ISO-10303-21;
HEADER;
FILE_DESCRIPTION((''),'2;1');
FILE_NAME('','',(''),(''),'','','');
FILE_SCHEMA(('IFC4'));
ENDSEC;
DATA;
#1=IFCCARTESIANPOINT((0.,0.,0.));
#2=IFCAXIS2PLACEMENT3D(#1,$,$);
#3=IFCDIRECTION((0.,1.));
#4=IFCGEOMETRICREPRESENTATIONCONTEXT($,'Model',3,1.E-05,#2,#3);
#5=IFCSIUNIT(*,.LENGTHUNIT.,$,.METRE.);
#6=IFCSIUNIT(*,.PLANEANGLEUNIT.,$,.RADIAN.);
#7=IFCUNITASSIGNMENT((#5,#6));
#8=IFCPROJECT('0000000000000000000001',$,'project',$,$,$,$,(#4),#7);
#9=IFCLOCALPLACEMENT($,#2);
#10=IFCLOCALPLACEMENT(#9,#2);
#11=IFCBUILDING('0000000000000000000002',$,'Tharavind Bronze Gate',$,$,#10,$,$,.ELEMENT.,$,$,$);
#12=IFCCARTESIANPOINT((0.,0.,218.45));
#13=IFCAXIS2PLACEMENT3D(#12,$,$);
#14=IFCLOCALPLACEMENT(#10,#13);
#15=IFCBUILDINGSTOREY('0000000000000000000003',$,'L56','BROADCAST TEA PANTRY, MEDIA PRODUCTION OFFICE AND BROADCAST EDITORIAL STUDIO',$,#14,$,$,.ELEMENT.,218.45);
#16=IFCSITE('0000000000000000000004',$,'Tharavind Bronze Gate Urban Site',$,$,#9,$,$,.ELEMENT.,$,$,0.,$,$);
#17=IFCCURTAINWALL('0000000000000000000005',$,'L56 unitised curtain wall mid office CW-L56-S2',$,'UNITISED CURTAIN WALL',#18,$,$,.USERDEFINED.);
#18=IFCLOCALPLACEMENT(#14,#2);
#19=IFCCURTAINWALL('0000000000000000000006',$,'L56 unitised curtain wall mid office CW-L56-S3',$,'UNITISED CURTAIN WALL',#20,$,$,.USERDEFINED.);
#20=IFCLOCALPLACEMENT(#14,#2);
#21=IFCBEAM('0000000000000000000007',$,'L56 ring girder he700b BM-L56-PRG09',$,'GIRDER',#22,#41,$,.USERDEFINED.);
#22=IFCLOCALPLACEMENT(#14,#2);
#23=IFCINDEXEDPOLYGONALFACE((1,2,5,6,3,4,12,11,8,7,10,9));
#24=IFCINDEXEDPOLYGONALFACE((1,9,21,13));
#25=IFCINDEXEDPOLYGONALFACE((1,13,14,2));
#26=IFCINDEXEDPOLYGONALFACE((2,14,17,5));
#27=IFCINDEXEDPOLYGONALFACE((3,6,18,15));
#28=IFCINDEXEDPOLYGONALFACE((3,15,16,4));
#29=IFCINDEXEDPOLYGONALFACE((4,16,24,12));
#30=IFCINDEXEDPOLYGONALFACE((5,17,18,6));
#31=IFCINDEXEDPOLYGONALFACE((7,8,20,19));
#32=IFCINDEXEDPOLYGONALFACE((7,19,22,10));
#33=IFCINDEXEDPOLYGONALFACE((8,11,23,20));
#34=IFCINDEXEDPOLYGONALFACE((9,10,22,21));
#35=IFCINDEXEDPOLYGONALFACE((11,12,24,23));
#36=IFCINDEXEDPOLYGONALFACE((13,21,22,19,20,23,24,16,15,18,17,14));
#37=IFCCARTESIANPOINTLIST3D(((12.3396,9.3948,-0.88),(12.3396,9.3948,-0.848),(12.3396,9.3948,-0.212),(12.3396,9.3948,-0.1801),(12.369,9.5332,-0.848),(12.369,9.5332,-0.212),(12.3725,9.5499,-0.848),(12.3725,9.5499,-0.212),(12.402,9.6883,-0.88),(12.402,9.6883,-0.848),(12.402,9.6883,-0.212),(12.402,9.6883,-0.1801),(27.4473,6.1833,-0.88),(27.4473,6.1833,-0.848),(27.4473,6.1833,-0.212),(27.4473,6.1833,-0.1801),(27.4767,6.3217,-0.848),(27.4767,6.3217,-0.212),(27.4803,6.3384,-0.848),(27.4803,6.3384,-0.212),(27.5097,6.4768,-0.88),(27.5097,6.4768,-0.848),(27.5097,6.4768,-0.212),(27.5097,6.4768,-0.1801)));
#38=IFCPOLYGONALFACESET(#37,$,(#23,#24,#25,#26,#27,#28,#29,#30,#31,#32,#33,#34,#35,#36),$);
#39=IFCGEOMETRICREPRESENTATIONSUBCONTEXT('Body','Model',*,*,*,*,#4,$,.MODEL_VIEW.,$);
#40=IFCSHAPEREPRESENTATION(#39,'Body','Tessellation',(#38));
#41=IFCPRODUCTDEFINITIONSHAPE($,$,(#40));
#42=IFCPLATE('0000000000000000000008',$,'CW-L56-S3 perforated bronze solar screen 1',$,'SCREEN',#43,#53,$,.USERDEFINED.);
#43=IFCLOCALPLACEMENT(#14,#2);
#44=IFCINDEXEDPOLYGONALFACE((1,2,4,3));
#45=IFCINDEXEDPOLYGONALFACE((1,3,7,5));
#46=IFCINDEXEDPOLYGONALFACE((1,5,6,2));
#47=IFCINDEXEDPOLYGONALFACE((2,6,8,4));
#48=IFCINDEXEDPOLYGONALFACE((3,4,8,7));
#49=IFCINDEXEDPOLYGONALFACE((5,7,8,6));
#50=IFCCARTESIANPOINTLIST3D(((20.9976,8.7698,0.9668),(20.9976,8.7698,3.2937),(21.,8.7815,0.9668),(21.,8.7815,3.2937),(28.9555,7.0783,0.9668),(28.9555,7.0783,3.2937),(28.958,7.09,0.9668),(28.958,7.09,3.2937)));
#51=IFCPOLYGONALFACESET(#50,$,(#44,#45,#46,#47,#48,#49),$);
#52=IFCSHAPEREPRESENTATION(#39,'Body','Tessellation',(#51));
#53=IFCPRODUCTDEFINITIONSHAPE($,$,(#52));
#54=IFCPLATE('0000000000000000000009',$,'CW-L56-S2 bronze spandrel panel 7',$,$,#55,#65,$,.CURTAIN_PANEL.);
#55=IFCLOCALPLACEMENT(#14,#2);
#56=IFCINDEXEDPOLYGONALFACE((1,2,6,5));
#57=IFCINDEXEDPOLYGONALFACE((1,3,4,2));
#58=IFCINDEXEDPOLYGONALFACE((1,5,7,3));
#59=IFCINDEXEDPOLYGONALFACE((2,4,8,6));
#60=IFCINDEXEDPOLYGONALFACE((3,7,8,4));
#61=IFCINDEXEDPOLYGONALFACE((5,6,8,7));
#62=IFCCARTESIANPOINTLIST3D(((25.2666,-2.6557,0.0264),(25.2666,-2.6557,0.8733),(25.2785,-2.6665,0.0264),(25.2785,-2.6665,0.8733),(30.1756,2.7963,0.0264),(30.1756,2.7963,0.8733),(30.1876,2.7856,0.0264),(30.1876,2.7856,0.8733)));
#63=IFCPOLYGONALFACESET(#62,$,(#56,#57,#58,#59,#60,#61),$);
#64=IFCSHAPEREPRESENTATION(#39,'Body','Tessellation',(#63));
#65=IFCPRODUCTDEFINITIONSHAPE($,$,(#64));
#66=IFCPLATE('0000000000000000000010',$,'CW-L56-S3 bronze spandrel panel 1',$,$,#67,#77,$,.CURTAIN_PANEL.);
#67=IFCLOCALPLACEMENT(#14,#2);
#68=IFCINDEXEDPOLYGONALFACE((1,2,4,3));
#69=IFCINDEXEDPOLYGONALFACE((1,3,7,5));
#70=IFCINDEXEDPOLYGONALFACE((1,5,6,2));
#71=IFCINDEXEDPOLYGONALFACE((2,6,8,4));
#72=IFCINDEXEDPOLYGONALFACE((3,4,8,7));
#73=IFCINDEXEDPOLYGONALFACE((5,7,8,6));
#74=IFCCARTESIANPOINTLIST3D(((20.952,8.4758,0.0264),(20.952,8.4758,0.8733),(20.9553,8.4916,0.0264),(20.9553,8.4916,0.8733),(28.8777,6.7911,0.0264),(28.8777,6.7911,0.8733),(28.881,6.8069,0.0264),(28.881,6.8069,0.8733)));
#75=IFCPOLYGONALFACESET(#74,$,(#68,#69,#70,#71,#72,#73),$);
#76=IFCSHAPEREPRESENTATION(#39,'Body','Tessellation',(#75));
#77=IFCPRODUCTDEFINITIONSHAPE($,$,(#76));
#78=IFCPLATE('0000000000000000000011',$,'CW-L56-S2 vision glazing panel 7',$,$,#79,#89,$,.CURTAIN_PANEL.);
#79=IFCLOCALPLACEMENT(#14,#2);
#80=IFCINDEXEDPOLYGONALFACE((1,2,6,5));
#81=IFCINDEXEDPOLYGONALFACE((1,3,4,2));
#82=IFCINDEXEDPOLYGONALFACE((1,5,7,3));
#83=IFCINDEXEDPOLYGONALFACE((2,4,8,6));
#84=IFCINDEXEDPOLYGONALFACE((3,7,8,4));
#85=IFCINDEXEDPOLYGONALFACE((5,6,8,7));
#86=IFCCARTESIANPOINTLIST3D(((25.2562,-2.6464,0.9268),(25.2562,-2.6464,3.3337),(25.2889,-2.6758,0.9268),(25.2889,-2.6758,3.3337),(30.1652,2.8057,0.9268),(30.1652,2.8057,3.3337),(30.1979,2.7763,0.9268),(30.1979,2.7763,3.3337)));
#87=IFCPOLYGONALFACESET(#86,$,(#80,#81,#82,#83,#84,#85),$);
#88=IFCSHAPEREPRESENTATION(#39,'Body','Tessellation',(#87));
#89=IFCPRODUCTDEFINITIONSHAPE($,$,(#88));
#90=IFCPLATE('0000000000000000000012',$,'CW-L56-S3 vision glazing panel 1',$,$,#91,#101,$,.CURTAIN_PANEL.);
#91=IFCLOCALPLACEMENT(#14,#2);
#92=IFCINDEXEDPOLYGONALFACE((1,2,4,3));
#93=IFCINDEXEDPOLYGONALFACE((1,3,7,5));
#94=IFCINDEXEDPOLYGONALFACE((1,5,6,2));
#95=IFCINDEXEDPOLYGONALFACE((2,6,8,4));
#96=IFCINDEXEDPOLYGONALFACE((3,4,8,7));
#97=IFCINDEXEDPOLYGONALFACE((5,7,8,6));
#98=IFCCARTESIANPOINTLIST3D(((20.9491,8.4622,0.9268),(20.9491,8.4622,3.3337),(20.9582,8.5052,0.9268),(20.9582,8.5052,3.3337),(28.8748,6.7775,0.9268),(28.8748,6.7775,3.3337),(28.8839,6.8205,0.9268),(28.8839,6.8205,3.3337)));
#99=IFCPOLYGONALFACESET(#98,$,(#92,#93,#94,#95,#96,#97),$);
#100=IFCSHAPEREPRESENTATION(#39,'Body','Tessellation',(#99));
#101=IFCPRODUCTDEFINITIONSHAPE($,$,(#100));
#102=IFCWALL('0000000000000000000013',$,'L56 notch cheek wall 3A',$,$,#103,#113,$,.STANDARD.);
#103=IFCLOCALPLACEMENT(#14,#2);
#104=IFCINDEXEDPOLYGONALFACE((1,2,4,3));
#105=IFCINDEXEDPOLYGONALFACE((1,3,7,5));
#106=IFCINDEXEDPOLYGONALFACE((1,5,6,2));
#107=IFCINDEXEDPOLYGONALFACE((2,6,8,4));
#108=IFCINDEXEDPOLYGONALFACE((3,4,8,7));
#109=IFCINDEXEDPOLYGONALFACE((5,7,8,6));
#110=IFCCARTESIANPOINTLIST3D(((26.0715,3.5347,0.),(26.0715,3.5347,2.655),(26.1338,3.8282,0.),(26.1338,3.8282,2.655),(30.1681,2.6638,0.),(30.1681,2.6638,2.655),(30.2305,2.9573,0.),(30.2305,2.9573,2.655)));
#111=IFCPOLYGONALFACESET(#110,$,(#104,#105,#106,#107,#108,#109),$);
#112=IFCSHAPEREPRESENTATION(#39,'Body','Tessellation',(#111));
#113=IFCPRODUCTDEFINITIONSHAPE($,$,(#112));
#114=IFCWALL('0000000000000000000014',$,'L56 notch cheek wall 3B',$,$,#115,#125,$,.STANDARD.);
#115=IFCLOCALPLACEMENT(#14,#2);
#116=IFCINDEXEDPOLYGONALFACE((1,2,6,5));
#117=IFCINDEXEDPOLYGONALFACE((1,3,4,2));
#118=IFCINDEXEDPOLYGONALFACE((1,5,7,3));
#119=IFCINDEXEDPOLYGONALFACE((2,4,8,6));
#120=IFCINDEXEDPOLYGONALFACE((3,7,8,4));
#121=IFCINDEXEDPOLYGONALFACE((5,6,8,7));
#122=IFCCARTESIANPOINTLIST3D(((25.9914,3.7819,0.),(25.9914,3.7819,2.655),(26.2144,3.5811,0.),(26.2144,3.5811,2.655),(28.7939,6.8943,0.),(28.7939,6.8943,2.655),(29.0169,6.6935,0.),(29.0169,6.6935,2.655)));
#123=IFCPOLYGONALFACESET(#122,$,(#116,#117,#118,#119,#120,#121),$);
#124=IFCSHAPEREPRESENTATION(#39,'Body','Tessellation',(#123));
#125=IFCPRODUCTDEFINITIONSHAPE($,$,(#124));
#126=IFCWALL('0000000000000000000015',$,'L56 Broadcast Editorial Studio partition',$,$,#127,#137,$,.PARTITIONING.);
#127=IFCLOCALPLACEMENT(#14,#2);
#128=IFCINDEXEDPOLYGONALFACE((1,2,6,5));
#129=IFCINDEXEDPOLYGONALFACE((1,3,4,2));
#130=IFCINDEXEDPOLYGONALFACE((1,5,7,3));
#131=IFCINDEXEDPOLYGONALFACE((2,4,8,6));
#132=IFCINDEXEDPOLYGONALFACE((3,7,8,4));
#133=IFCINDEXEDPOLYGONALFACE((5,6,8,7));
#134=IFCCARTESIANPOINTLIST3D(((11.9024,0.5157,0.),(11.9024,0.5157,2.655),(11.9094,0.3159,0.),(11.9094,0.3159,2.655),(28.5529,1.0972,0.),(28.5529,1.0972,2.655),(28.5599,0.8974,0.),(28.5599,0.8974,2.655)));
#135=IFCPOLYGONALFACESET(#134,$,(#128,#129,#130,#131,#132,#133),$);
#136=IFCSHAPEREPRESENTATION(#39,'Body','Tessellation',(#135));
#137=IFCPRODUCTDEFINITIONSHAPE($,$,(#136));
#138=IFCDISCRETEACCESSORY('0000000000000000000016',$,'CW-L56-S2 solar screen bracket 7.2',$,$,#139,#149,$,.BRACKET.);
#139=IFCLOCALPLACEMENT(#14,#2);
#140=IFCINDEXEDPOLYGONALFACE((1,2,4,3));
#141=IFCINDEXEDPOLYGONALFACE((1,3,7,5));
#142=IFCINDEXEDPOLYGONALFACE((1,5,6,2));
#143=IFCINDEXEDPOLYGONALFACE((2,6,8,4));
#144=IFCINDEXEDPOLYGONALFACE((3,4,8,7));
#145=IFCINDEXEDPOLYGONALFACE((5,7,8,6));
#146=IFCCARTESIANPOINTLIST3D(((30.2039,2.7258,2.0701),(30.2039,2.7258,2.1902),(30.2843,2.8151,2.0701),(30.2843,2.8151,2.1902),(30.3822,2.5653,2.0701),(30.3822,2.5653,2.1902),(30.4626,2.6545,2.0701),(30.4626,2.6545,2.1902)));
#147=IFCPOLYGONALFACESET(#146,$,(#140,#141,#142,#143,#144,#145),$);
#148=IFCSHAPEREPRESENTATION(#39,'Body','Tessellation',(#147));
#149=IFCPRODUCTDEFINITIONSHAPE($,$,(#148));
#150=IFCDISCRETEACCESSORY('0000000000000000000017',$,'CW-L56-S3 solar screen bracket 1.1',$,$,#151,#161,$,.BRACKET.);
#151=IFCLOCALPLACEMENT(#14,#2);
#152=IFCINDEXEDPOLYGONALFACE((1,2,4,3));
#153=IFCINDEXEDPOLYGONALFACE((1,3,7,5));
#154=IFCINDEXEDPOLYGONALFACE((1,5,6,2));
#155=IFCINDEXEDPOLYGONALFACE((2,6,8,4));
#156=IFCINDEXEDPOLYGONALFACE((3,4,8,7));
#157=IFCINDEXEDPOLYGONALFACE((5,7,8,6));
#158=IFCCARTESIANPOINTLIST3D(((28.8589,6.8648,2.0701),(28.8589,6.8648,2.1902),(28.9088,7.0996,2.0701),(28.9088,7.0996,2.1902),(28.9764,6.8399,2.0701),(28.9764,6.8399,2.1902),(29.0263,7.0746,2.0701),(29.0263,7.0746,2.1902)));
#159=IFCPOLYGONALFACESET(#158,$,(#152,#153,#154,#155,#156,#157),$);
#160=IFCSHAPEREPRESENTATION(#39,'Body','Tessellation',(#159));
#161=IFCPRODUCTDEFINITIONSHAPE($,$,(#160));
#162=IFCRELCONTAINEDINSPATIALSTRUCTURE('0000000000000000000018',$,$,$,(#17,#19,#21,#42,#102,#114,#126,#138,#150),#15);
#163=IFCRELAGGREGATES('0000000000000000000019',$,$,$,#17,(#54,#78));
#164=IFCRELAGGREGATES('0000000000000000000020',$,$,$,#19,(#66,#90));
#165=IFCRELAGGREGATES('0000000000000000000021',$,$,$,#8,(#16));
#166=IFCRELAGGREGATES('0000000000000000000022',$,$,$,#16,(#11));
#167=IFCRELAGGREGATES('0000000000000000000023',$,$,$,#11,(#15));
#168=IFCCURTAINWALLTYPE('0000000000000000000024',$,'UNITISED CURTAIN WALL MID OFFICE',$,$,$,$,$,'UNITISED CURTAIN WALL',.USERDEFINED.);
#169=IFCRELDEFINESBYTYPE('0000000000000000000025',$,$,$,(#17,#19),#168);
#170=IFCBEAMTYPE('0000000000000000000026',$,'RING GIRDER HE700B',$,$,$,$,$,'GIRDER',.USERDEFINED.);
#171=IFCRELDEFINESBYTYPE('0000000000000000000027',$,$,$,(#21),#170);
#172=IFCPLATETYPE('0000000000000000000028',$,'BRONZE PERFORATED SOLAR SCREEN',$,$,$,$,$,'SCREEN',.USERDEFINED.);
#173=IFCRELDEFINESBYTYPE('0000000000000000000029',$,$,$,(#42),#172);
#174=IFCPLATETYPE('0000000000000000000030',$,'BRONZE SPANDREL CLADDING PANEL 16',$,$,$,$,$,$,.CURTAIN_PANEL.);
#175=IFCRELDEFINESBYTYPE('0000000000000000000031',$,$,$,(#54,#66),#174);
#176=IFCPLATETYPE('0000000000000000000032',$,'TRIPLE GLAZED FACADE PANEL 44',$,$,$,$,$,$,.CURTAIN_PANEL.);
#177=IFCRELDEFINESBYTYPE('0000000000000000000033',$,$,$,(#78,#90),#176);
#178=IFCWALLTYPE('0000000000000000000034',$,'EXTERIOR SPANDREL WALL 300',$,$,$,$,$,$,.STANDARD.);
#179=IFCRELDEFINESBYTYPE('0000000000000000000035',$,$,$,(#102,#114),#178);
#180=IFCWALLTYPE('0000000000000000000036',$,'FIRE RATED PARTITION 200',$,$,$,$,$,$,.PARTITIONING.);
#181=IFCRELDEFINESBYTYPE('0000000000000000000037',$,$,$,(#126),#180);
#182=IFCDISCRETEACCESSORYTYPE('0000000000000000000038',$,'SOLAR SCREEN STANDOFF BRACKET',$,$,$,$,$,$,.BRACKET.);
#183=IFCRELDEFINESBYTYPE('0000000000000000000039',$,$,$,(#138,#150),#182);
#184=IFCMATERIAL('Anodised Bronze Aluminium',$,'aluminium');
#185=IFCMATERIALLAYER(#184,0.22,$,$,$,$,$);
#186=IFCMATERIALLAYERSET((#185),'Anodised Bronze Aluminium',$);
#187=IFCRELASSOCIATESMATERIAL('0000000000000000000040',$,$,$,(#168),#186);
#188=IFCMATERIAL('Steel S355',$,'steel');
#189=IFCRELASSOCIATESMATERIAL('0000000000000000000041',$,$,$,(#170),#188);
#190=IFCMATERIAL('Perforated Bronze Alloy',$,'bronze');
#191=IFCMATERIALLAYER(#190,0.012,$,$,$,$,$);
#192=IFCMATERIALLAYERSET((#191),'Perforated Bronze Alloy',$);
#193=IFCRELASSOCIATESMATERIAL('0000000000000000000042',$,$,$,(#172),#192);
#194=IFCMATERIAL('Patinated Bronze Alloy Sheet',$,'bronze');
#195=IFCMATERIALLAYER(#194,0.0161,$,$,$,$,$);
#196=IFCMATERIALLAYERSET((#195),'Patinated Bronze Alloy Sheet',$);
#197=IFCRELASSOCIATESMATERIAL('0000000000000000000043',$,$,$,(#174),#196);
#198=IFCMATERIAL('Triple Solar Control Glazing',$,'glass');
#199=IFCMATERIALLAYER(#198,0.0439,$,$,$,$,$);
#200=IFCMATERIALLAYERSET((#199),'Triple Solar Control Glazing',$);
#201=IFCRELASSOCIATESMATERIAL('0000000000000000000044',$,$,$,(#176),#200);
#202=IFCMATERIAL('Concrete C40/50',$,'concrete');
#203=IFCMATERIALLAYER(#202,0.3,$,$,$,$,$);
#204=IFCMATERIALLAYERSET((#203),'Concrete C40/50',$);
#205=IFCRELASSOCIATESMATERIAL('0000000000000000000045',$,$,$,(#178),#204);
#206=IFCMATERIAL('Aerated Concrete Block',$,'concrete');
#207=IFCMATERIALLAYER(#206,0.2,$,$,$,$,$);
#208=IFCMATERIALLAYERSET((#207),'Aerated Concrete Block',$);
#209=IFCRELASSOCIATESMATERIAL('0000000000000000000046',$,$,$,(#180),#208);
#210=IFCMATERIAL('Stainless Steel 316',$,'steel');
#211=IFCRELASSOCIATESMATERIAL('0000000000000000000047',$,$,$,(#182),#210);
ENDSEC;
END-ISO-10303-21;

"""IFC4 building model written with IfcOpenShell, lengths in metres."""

from ifc_helpers import new_model, si_unit, direction, frame, frame_2d, origin, origin_2d, place, context, subcontext, project, spatial, rectangle, i_section, extrude, material, layer, layer_set, material_profile, profile_set, type_object, element, aggregate, save


model = new_model("IFC4")

# Units and contexts
model_context = context("Model", 3, precision=1e-05, world=origin(), true_north=direction((0.0, 1.0)))
body_context = subcontext(model_context, "Body", "Model", "MODEL_VIEW")
ifc_project = project(units=[si_unit("LENGTHUNIT", "METRE"), si_unit("PLANEANGLEUNIT", "RADIAN")], contexts=[model_context])

# Site, building, storey
site_placement = place(None, origin())
site = spatial("IfcSite", under=ifc_project, at=site_placement, Name="Tharavind Bronze Gate Urban Site", CompositionType="ELEMENT", RefElevation=0.0)
building_placement = place(site_placement, origin())
building = spatial("IfcBuilding", under=site, at=building_placement, Name="Tharavind Bronze Gate", CompositionType="ELEMENT")
storey_placement = place(building_placement, frame((0.0, 0.0, 218.45)))
storey = spatial("IfcBuildingStorey", under=building, at=storey_placement, Name="L56", Description="BROADCAST TEA PANTRY, MEDIA PRODUCTION OFFICE AND BROADCAST EDITORIAL STUDIO", CompositionType="ELEMENT", Elevation=218.45)

# Curtain walls
ifc_material_1 = material(Name="Anodised Bronze Aluminium", Category="aluminium")
ifc_layer_1 = layer(ifc_material_1, 0.22)
ifc_layer_set_1 = layer_set([ifc_layer_1], Name="Anodised Bronze Aluminium")
curtain_wall_type = type_object("IfcCurtainWallType", Name="UNITISED CURTAIN WALL MID OFFICE", ElementType="UNITISED CURTAIN WALL", PredefinedType="USERDEFINED", material=ifc_layer_set_1)
curtain_wall_1_placement = place(storey_placement, origin())
curtain_wall_1 = element("IfcCurtainWall", 1, at=curtain_wall_1_placement, inside=storey, type_object=curtain_wall_type, Name="L56 unitised curtain wall mid office CW-L56-S2", ObjectType="UNITISED CURTAIN WALL", PredefinedType="USERDEFINED")
curtain_wall_2_placement = place(storey_placement, origin())
curtain_wall_2 = element("IfcCurtainWall", 2, at=curtain_wall_2_placement, inside=storey, type_object=curtain_wall_type, Name="L56 unitised curtain wall mid office CW-L56-S3", ObjectType="UNITISED CURTAIN WALL", PredefinedType="USERDEFINED")

# Beam
ifc_material_2 = material(Name="Steel S355", Category="steel")
ifc_material_profile_1 = material_profile(ifc_material_2, i_section(OverallWidth=0.3, OverallDepth=0.7, WebThickness=0.0171, FlangeThickness=0.032, at=origin_2d()), Name="HE700B")
ifc_profile_set_1 = profile_set([ifc_material_profile_1], Name="Steel S355")
beam_type_1 = type_object("IfcBeamType", Name="RING GIRDER HE700B", ElementType="GIRDER", PredefinedType="USERDEFINED", material=ifc_profile_set_1)
beam_1_placement = place(storey_placement, frame((27.4785, 6.3301, -0.53), z_axis=(-0.978145, 0.207924, 0.0), x_axis=(-0.207924, -0.978145, 0.0)))
element("IfcBeam", 3, at=beam_1_placement, inside=storey, type_object=beam_type_1, Name="L56 ring girder he700b BM-L56-PRG09", ObjectType="GIRDER", PredefinedType="USERDEFINED", context=body_context, shape_type="SweptSolid", body=[
    extrude(i_section(OverallWidth=0.3, OverallDepth=0.7, WebThickness=0.0171, FlangeThickness=0.032, at=origin_2d()), origin(), (0.0, 0.0, 1.0), 15.4453),
])

# Plates
ifc_material_3 = material(Name="Perforated Bronze Alloy", Category="bronze")
ifc_layer_2 = layer(ifc_material_3, 0.012)
ifc_layer_set_2 = layer_set([ifc_layer_2], Name="Perforated Bronze Alloy")
plate_type_1 = type_object("IfcPlateType", Name="BRONZE PERFORATED SOLAR SCREEN", ElementType="SCREEN", PredefinedType="USERDEFINED", material=ifc_layer_set_2)
plate_1_placement = place(storey_placement, frame((24.9778, 7.9299, 0.9668), z_axis=(0.0, 0.0, 1.0), x_axis=(-0.978148, 0.207912, 0.0)))
element("IfcPlate", 4, at=plate_1_placement, inside=storey, type_object=plate_type_1, Name="CW-L56-S3 perforated bronze solar screen 1", ObjectType="SCREEN", PredefinedType="USERDEFINED", context=body_context, shape_type="SweptSolid", body=[
    extrude(rectangle(XDim=8.1357, YDim=0.012, at=origin_2d()), origin(), (0.0, 0.0, 1.0), 2.3269),
])
ifc_material_4 = material(Name="Patinated Bronze Alloy Sheet", Category="bronze")
ifc_layer_3 = layer(ifc_material_4, 0.0161)
ifc_layer_set_3 = layer_set([ifc_layer_3], Name="Patinated Bronze Alloy Sheet")
plate_type_2 = type_object("IfcPlateType", Name="BRONZE SPANDREL CLADDING PANEL 16", PredefinedType="CURTAIN_PANEL", material=ifc_layer_set_3)
plate_2_placement = place(storey_placement, frame((27.7271, 0.0649, 0.0264), z_axis=(0.0, 0.0, 1.0), x_axis=(0.669131, 0.743145, 0.0)))
plate_2 = element("IfcPlate", 5, at=plate_2_placement, type_object=plate_type_2, Name="CW-L56-S2 bronze spandrel panel 7", PredefinedType="CURTAIN_PANEL", context=body_context, shape_type="SweptSolid", body=[
    extrude(rectangle(XDim=7.3364, YDim=0.0161, at=origin_2d()), origin(), (0.0, 0.0, 1.0), 0.8469),
])
plate_3_placement = place(storey_placement, frame((24.9165, 7.6414, 0.0264), z_axis=(0.0, 0.0, 1.0), x_axis=(-0.978148, 0.207912, 0.0)))
plate_3 = element("IfcPlate", 6, at=plate_3_placement, type_object=plate_type_2, Name="CW-L56-S3 bronze spandrel panel 1", PredefinedType="CURTAIN_PANEL", context=body_context, shape_type="SweptSolid", body=[
    extrude(rectangle(XDim=8.1028, YDim=0.0161, at=origin_2d()), origin(), (0.0, 0.0, 1.0), 0.8469),
])
ifc_material_5 = material(Name="Triple Solar Control Glazing", Category="glass")
ifc_layer_4 = layer(ifc_material_5, 0.0439)
ifc_layer_set_4 = layer_set([ifc_layer_4], Name="Triple Solar Control Glazing")
plate_type_3 = type_object("IfcPlateType", Name="TRIPLE GLAZED FACADE PANEL 44", PredefinedType="CURTAIN_PANEL", material=ifc_layer_set_4)
plate_4_placement = place(storey_placement, frame((27.7271, 0.0649, 0.9268), z_axis=(0.0, 0.0, 1.0), x_axis=(0.669131, 0.743145, 0.0)))
plate_4 = element("IfcPlate", 7, at=plate_4_placement, type_object=plate_type_3, Name="CW-L56-S2 vision glazing panel 7", PredefinedType="CURTAIN_PANEL", context=body_context, shape_type="SweptSolid", body=[
    extrude(rectangle(XDim=7.3364, YDim=0.0439, at=origin_2d()), origin(), (0.0, 0.0, 1.0), 2.407),
])
aggregate(curtain_wall_1, [plate_2, plate_4])
plate_5_placement = place(storey_placement, frame((24.9165, 7.6414, 0.9268), z_axis=(0.0, 0.0, 1.0), x_axis=(-0.978148, 0.207912, 0.0)))
plate_5 = element("IfcPlate", 8, at=plate_5_placement, type_object=plate_type_3, Name="CW-L56-S3 vision glazing panel 1", PredefinedType="CURTAIN_PANEL", context=body_context, shape_type="SweptSolid", body=[
    extrude(rectangle(XDim=8.1028, YDim=0.0439, at=origin_2d()), origin(), (0.0, 0.0, 1.0), 2.407),
])
aggregate(curtain_wall_2, [plate_3, plate_5])

# Walls
ifc_material_6 = material(Name="Concrete C40/50", Category="concrete")
ifc_layer_5 = layer(ifc_material_6, 0.3)
ifc_layer_set_5 = layer_set([ifc_layer_5], Name="Concrete C40/50")
wall_type_1 = type_object("IfcWallType", Name="EXTERIOR SPANDREL WALL 300", PredefinedType="STANDARD", material=ifc_layer_set_5)
for number, where, z_axis, x_axis, name in (
    (9, (30.1995, 2.8105, 0.0), (0.0, 0.0, 1.0), (-0.978144, 0.207928, 0.0), "L56 notch cheek wall 3A"),
    (10, (26.1028, 3.6814, 0.0), (0.0, 0.0, 1.0), (0.669152, 0.743126, 0.0), "L56 notch cheek wall 3B"),
):
    element("IfcWall", number, at=place(storey_placement, frame(where, z_axis=z_axis, x_axis=x_axis)), inside=storey, type_object=wall_type_1, Name=name, PredefinedType="STANDARD", context=body_context, shape_type="SweptSolid", body=[
        extrude(rectangle(XDim=4.1882, YDim=0.3, at=frame_2d((2.0942, 0.0))), origin(), (0.0, 0.0, 1.0), 2.655),
    ])
ifc_material_7 = material(Name="Aerated Concrete Block", Category="concrete")
ifc_layer_6 = layer(ifc_material_7, 0.2)
ifc_layer_set_6 = layer_set([ifc_layer_6], Name="Aerated Concrete Block")
wall_type_2 = type_object("IfcWallType", Name="FIRE RATED PARTITION 200", PredefinedType="PARTITIONING", material=ifc_layer_set_6)
wall_placement = place(storey_placement, frame((28.5564, 0.9973, 0.0), z_axis=(0.0, 0.0, 1.0), x_axis=(-0.999391, -0.034905, 0.0)))
element("IfcWall", 11, at=wall_placement, inside=storey, type_object=wall_type_2, Name="L56 Broadcast Editorial Studio partition", PredefinedType="PARTITIONING", context=body_context, shape_type="SweptSolid", body=[
    extrude(rectangle(XDim=16.6606, YDim=0.2, at=frame_2d((8.3303, 0.0))), origin(), (0.0, 0.0, 1.0), 2.655),
])

# Discrete accessories
ifc_material_8 = material(Name="Stainless Steel 316", Category="steel")
discrete_accessory_type = type_object("IfcDiscreteAccessoryType", Name="SOLAR SCREEN STANDOFF BRACKET", PredefinedType="BRACKET", material=ifc_material_8)
for number, where, z_axis, x_axis, name in (
    (12, (30.3333, 2.6902, 2.0701), (0.0, 0.0, 1.0), (0.669131, 0.743145, 0.0), "CW-L56-S2 solar screen bracket 7.2"),
    (13, (28.9426, 6.9697, 2.0701), (0.0, 0.0, 1.0), (-0.978148, 0.207912, 0.0), "CW-L56-S3 solar screen bracket 1.1"),
):
    element("IfcDiscreteAccessory", number, at=place(storey_placement, frame(where, z_axis=z_axis, x_axis=x_axis)), inside=storey, type_object=discrete_accessory_type, Name=name, PredefinedType="BRACKET", context=body_context, shape_type="SweptSolid", body=[
        extrude(rectangle(XDim=0.1201, YDim=0.24, at=origin_2d()), origin(), (0.0, 0.0, 1.0), 0.1201),
    ])

save(model, "model.ifc")
